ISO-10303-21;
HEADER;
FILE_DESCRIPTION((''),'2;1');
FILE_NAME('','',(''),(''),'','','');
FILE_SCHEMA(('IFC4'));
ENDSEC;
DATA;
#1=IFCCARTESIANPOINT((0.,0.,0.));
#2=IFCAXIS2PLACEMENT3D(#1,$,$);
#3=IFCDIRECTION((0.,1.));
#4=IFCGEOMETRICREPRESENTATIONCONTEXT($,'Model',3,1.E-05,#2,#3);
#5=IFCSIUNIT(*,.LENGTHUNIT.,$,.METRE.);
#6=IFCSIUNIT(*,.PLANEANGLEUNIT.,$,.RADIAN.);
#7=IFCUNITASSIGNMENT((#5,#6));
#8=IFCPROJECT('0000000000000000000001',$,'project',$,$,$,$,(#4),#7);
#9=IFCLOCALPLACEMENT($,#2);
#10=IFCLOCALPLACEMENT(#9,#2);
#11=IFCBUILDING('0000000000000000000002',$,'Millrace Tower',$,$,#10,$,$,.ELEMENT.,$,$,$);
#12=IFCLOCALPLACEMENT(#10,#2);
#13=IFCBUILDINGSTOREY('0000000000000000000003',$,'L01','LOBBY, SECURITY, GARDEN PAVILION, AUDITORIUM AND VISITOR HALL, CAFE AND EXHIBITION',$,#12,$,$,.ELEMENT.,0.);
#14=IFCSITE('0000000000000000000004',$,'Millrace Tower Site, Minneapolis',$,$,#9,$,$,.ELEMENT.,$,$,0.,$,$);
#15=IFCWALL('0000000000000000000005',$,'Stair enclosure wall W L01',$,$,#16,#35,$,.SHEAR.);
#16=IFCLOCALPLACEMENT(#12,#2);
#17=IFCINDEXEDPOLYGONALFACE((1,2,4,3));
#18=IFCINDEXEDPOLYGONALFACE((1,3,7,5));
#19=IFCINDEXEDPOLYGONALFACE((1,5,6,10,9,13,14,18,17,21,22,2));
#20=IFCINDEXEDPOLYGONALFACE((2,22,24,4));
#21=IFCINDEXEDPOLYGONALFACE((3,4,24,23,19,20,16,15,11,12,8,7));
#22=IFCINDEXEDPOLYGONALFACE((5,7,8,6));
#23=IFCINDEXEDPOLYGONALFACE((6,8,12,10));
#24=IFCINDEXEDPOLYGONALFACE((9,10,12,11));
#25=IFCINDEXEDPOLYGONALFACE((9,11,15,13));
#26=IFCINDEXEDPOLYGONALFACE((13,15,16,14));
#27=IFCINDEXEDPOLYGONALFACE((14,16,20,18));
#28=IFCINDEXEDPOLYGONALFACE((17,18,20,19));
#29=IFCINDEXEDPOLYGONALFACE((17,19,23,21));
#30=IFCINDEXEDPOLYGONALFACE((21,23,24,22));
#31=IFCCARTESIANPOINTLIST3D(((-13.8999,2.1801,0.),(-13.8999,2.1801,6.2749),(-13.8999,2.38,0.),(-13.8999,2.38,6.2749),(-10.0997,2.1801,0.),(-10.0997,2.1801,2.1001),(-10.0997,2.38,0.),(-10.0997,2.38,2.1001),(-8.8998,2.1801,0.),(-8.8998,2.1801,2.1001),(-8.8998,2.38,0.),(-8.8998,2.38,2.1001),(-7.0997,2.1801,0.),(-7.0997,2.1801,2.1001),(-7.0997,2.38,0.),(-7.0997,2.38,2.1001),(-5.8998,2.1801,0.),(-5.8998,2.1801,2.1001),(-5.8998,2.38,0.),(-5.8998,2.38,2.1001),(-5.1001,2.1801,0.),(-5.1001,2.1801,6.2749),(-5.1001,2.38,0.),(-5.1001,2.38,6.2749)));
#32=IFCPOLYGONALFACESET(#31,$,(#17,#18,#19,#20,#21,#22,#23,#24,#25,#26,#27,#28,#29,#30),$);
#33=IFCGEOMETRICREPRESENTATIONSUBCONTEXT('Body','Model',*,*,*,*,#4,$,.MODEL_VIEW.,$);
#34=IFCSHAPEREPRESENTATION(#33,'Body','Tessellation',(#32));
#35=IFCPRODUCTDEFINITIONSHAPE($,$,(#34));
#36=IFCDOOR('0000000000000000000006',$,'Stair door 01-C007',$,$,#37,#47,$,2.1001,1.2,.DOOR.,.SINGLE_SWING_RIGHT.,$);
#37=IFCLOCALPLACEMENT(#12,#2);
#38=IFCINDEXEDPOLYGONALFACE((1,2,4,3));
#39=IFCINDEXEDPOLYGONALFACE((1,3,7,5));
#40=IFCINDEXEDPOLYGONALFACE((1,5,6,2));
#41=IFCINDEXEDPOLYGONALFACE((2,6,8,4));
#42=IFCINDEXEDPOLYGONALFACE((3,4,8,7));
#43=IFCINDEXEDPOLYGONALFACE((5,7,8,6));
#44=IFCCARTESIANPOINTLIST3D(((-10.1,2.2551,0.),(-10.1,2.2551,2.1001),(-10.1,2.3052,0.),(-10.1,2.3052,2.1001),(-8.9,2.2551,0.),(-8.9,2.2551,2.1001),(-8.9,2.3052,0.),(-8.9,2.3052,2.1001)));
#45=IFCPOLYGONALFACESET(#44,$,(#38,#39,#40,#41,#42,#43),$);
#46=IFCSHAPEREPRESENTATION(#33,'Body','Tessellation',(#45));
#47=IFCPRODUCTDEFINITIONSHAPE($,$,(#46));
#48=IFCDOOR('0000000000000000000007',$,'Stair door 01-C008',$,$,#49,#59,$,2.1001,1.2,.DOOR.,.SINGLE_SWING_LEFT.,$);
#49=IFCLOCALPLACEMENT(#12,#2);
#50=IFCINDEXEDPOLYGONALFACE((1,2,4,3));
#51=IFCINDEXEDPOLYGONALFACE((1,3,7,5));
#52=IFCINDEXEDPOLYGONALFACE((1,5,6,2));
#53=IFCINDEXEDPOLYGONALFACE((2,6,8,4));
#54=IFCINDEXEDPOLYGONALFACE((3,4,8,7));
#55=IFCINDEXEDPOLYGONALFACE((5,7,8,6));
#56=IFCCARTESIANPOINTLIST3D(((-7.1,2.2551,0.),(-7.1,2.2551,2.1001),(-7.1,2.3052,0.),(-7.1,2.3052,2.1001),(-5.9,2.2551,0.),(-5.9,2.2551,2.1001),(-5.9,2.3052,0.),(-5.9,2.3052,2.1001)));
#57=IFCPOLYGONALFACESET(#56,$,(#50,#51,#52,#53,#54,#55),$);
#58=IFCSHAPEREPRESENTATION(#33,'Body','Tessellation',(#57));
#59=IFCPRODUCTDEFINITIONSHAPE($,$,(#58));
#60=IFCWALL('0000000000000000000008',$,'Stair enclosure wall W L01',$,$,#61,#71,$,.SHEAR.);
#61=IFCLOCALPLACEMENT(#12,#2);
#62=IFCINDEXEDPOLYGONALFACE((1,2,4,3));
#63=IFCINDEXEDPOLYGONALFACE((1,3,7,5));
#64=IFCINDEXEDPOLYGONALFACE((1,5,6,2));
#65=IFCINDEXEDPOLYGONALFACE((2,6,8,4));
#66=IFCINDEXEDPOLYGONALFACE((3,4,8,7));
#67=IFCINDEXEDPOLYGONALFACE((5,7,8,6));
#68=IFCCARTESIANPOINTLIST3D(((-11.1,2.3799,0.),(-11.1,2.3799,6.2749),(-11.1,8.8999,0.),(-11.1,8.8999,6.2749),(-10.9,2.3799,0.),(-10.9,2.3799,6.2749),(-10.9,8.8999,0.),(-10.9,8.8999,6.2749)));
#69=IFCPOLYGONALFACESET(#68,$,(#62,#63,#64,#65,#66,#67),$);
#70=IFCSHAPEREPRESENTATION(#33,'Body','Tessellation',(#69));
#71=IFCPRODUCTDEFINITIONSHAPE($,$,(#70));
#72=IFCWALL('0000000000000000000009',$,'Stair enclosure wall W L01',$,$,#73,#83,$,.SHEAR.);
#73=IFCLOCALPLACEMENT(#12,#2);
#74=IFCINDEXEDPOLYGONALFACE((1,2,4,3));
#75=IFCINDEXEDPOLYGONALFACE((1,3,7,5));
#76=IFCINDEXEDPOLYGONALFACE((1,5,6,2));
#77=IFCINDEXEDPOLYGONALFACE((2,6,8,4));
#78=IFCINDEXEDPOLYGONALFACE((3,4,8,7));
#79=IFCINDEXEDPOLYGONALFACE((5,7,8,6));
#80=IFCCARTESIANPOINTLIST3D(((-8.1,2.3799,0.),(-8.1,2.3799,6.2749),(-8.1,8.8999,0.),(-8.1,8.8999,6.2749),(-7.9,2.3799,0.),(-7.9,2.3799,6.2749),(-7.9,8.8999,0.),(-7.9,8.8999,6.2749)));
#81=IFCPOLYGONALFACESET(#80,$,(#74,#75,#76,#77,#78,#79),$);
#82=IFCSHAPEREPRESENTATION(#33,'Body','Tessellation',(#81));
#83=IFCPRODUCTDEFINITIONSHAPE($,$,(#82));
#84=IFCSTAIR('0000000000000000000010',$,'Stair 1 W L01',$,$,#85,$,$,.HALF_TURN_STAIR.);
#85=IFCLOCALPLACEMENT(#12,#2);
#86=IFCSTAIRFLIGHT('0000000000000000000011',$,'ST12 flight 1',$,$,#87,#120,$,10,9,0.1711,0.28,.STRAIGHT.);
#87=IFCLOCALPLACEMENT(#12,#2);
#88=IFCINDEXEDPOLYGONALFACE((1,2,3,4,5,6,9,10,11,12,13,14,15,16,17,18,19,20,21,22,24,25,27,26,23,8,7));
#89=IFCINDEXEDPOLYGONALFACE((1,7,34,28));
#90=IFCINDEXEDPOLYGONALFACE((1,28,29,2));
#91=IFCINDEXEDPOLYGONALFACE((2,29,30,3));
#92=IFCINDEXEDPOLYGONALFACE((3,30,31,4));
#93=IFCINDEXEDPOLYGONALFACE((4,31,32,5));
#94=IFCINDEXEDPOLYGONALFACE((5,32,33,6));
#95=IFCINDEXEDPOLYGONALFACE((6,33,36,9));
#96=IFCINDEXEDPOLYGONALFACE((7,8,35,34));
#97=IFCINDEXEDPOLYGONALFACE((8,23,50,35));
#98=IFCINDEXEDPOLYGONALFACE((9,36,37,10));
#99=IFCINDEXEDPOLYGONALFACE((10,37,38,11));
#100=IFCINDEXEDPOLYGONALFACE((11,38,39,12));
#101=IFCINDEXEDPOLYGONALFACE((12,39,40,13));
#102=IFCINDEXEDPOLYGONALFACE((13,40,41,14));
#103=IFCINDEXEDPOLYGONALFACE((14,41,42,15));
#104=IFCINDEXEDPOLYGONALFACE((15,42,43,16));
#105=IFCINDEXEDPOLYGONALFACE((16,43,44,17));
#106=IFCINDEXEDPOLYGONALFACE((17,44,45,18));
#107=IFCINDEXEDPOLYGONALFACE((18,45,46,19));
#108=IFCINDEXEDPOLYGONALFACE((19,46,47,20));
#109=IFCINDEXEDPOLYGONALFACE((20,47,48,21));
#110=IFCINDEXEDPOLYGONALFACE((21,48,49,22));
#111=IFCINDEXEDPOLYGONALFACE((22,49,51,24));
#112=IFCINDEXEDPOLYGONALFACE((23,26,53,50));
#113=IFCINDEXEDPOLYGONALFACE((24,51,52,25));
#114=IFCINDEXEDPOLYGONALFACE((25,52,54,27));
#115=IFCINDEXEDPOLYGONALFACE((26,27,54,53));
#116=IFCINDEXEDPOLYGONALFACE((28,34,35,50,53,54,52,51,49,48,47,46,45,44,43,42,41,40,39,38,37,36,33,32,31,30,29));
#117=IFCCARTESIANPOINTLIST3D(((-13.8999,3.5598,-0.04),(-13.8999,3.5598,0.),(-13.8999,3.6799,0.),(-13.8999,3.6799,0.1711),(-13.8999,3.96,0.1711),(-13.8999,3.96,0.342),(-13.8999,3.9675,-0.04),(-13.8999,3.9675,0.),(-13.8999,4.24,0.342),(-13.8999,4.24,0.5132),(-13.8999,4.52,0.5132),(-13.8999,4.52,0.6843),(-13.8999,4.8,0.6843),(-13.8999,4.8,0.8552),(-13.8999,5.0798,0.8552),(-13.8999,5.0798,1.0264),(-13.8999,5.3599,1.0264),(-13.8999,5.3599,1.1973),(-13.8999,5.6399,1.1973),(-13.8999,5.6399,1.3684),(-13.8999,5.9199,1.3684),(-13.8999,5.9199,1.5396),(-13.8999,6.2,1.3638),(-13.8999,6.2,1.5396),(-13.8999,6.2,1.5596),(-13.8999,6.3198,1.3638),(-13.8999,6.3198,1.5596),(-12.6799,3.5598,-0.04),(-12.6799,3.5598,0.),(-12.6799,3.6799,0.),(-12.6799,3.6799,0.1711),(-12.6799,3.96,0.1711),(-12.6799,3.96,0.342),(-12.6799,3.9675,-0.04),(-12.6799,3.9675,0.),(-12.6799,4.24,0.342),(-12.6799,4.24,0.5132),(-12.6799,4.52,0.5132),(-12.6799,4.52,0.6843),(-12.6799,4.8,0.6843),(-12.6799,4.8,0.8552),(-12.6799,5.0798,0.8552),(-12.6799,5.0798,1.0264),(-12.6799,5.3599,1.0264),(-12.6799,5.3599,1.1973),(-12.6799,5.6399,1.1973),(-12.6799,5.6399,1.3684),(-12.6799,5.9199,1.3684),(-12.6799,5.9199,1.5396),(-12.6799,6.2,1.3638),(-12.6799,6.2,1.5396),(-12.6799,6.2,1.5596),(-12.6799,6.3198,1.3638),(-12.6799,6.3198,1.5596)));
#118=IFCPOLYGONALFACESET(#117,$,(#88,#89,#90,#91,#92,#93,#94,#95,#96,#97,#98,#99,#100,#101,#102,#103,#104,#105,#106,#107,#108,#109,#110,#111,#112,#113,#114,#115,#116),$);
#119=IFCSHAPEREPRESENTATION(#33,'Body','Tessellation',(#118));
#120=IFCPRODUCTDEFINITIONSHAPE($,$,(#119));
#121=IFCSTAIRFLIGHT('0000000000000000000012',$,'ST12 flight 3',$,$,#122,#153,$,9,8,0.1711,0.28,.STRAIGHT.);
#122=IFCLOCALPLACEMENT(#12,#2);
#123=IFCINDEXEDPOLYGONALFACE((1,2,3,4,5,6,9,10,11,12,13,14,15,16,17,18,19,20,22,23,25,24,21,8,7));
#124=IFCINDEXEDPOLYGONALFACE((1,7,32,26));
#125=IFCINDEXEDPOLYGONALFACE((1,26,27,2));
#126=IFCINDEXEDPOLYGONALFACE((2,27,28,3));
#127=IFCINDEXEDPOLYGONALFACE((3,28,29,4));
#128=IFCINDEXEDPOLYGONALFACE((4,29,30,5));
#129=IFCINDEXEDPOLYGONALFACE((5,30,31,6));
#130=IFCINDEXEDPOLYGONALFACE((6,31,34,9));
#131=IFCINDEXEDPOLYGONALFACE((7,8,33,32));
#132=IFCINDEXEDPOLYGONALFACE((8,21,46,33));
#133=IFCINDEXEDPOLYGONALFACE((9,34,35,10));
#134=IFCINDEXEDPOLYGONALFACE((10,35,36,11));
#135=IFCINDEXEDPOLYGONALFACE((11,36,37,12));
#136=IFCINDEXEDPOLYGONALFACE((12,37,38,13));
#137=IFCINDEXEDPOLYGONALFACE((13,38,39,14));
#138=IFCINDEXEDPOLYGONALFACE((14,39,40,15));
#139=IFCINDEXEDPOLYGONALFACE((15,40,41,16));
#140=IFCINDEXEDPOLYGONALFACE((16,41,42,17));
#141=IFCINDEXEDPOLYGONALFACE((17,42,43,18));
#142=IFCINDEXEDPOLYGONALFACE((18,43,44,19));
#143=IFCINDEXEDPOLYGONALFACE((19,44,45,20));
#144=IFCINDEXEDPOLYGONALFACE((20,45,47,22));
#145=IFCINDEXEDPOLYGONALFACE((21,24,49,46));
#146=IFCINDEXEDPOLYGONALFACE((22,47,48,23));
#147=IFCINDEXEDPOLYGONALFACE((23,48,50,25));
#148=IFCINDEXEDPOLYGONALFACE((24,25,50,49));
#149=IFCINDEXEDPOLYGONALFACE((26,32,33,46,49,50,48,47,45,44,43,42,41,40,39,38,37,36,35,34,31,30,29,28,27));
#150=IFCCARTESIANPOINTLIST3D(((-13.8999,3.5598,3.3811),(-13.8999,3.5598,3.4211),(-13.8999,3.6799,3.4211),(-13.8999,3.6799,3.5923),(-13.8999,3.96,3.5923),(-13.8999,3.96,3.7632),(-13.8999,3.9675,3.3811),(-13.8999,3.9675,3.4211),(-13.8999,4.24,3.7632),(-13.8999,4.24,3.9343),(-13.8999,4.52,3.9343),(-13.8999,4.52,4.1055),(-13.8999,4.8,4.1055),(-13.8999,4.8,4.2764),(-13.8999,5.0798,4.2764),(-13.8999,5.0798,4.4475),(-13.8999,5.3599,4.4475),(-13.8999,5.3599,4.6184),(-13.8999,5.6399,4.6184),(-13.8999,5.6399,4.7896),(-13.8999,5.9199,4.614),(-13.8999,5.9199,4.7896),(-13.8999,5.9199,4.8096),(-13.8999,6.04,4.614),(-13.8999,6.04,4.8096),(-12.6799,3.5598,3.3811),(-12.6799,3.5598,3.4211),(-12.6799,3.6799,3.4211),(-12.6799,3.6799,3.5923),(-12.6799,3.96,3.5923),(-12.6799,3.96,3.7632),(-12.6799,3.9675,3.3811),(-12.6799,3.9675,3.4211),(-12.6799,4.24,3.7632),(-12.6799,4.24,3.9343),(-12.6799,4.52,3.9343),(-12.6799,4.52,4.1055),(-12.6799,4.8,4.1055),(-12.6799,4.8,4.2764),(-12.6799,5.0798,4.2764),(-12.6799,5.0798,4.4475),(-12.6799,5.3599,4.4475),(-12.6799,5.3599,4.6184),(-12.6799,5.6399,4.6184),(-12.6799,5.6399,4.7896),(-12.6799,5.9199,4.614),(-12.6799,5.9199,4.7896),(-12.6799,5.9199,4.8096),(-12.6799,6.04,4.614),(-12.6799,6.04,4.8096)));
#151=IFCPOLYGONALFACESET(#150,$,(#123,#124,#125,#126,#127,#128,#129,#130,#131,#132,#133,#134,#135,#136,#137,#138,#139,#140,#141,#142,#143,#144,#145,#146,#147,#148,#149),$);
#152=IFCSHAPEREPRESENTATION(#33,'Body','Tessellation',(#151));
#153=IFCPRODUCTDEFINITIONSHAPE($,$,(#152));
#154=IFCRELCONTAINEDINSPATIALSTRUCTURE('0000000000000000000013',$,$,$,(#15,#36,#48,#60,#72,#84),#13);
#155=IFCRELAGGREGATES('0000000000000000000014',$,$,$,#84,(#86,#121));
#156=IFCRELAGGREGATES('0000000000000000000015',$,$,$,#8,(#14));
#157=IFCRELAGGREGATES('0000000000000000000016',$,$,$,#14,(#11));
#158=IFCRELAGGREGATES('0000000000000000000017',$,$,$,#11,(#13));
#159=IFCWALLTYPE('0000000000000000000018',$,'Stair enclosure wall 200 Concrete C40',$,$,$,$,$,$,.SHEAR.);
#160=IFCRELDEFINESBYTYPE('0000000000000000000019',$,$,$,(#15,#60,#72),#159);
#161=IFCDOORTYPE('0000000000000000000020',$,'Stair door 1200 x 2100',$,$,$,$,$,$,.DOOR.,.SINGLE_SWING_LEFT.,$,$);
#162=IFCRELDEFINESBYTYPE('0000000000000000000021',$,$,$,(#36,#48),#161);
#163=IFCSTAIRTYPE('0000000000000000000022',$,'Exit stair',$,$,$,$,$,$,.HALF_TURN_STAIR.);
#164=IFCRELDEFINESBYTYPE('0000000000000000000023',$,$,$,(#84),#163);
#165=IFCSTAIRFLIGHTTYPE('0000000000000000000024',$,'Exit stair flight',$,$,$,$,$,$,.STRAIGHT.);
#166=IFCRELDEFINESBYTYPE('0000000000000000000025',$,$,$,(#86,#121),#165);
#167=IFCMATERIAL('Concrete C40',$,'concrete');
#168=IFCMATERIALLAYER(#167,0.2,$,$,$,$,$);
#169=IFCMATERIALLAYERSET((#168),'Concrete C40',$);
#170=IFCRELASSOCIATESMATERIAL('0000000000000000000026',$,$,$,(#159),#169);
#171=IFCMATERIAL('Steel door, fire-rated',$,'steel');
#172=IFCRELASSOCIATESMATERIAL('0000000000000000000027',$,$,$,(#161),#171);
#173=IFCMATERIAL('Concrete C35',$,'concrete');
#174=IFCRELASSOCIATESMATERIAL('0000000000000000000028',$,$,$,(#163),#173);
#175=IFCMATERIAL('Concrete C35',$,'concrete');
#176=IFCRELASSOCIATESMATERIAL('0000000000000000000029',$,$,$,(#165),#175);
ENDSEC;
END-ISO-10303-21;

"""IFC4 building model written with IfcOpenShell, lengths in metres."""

from ifc_helpers import new_model, si_unit, direction, frame, frame_2d, origin, place, context, subcontext, project, spatial, polyline, rectangle, outline, extrude, material, layer, layer_set, type_object, element, fill, aggregate, save


model = new_model("IFC4")

# Units and contexts
model_context = context("Model", 3, precision=1e-05, world=origin(), true_north=direction((0.0, 1.0)))
body_context = subcontext(model_context, "Body", "Model", "MODEL_VIEW")
ifc_project = project(units=[si_unit("LENGTHUNIT", "METRE"), si_unit("PLANEANGLEUNIT", "RADIAN")], contexts=[model_context])

# Site, building, storey
site_placement = place(None, origin())
site = spatial("IfcSite", under=ifc_project, at=site_placement, Name="Millrace Tower Site, Minneapolis", CompositionType="ELEMENT", RefElevation=0.0)
building_placement = place(site_placement, origin())
building = spatial("IfcBuilding", under=site, at=building_placement, Name="Millrace Tower", CompositionType="ELEMENT")
storey_placement = place(building_placement, origin())
storey = spatial("IfcBuildingStorey", under=building, at=storey_placement, Name="L01", Description="LOBBY, SECURITY, GARDEN PAVILION, AUDITORIUM AND VISITOR HALL, CAFE AND EXHIBITION", CompositionType="ELEMENT", Elevation=0.0)

# Shared definitions
ifc_material_1 = material(Name="Concrete C40", Category="concrete")
ifc_layer_1 = layer(ifc_material_1, 0.2)
ifc_layer_set_1 = layer_set([ifc_layer_1], Name="Concrete C40")
wall_type_1 = type_object("IfcWallType", Name="Stair enclosure wall 200 Concrete C40", PredefinedType="SHEAR", material=ifc_layer_set_1)

# Wall, openings, doors
wall_1_placement = place(storey_placement, frame((-13.8999, 2.28, 0.0), z_axis=(0.0, 0.0, 1.0), x_axis=(1.0, 0.0, 0.0)))
wall_1 = element("IfcWall", 1, at=wall_1_placement, inside=storey, type_object=wall_type_1, Name="Stair enclosure wall W L01", PredefinedType="SHEAR", context=body_context, shape_type="SweptSolid", body=[
    extrude(rectangle(XDim=8.7998, YDim=0.2, at=frame_2d((4.3999, 0.0))), origin(), (0.0, 0.0, 1.0), 6.2749),
])
opening_1_placement = place(wall_1_placement, frame((3.8, 0.0, 0.0)))
opening_1 = element("IfcOpeningElement", 2, at=opening_1_placement, cuts=wall_1, PredefinedType="OPENING", context=body_context, shape_type="SweptSolid", body=[
    extrude(rectangle(XDim=1.2, YDim=2.1001, at=frame_2d((0.6001, 1.05))), frame((0.0, 0.1099, 0.0), z_axis=(0.0, -1.0, 0.0), x_axis=(1.0, 0.0, 0.0)), (0.0, 0.0, 1.0), 0.22),
])
opening_2_placement = place(wall_1_placement, frame((6.8, 0.0, 0.0)))
opening_2 = element("IfcOpeningElement", 3, at=opening_2_placement, cuts=wall_1, PredefinedType="OPENING", context=body_context, shape_type="SweptSolid", body=[
    extrude(rectangle(XDim=1.2, YDim=2.1001, at=frame_2d((0.6001, 1.05))), frame((0.0, 0.1099, 0.0), z_axis=(0.0, -1.0, 0.0), x_axis=(1.0, 0.0, 0.0)), (0.0, 0.0, 1.0), 0.22),
])
ifc_material_2 = material(Name="Steel door, fire-rated", Category="steel")
door_type_1 = type_object("IfcDoorType", Name="Stair door 1200 x 2100", OperationType="SINGLE_SWING_LEFT", PredefinedType="DOOR", material=ifc_material_2)
door_1_placement = place(opening_1_placement, frame((1.2, 0.0, 0.0), z_axis=(0.0, 0.0, 1.0), x_axis=(-1.0, 0.0, 0.0)))
door_1 = element("IfcDoor", 4, at=door_1_placement, inside=storey, type_object=door_type_1, Name="Stair door 01-C007", OperationType="SINGLE_SWING_RIGHT", OverallHeight=2.1001, OverallWidth=1.2, PredefinedType="DOOR", context=body_context, shape_type="SweptSolid", body=[
    extrude(rectangle(XDim=1.2, YDim=2.1001, at=frame_2d((0.6001, 1.05))), frame((0.0, 0.0249, 0.0), z_axis=(0.0, -1.0, 0.0), x_axis=(1.0, 0.0, 0.0)), (0.0, 0.0, 1.0), 0.05),
])
fill(opening_1, door_1)
door_2_placement = place(opening_2_placement, frame((1.2, 0.0, 0.0), z_axis=(0.0, 0.0, 1.0), x_axis=(-1.0, 0.0, 0.0)))
door_2 = element("IfcDoor", 5, at=door_2_placement, inside=storey, type_object=door_type_1, Name="Stair door 01-C008", OperationType="SINGLE_SWING_LEFT", OverallHeight=2.1001, OverallWidth=1.2, PredefinedType="DOOR", context=body_context, shape_type="SweptSolid", body=[
    extrude(rectangle(XDim=1.2, YDim=2.1001, at=frame_2d((0.6001, 1.05))), frame((0.0, 0.0249, 0.0), z_axis=(0.0, -1.0, 0.0), x_axis=(1.0, 0.0, 0.0)), (0.0, 0.0, 1.0), 0.05),
])
fill(opening_2, door_2)

# Walls
for number, where, z_axis, x_axis, name in (
    (6, (-11.0, 2.3799, 0.0), (0.0, 0.0, 1.0), (0.0, 1.0, 0.0), "Stair enclosure wall W L01"),
    (7, (-8.0, 2.3799, 0.0), (0.0, 0.0, 1.0), (0.0, 1.0, 0.0), "Stair enclosure wall W L01"),
):
    element("IfcWall", number, at=place(storey_placement, frame(where, z_axis=z_axis, x_axis=x_axis)), inside=storey, type_object=wall_type_1, Name=name, PredefinedType="SHEAR", context=body_context, shape_type="SweptSolid", body=[
        extrude(rectangle(XDim=6.52, YDim=0.2, at=frame_2d((3.26, 0.0))), origin(), (0.0, 0.0, 1.0), 6.2749),
    ])

# Stair, stair flights
ifc_material_3 = material(Name="Concrete C35", Category="concrete")
stair_type = type_object("IfcStairType", Name="Exit stair", PredefinedType="HALF_TURN_STAIR", material=ifc_material_3)
stair_placement = place(storey_placement, origin())
stair = element("IfcStair", 8, at=stair_placement, inside=storey, type_object=stair_type, Name="Stair 1 W L01", PredefinedType="HALF_TURN_STAIR")
ifc_material_4 = material(Name="Concrete C35", Category="concrete")
stair_flight_type = type_object("IfcStairFlightType", Name="Exit stair flight", PredefinedType="STRAIGHT", material=ifc_material_4)
stair_flight_1_placement = place(storey_placement, frame((-13.29, 3.6799, 0.0), z_axis=(0.0, 0.0, 1.0), x_axis=(0.0, 1.0, 0.0)))
stair_flight_1 = element("IfcStairFlight", 9, at=stair_flight_1_placement, type_object=stair_flight_type, Name="ST12 flight 1", NumberOfRisers=10, NumberOfTreads=9, PredefinedType="STRAIGHT", RiserHeight=0.1711, TreadLength=0.28, context=body_context, shape_type="SweptSolid", body=[
    extrude(outline(polyline([(-0.1201, -0.04), (-0.1201, 0.0), (0.0, 0.0), (0.0, 0.1711), (0.28, 0.1711), (0.28, 0.342), (0.5601, 0.342), (0.5601, 0.5132), (0.8401, 0.5132), (0.8401, 0.6843), (1.1201, 0.6843), (1.1201, 0.8552), (1.3999, 0.8552), (1.3999, 1.0264), (1.6799, 1.0264), (1.6799, 1.1973), (1.96, 1.1973), (1.96, 1.3684), (2.24, 1.3684), (2.24, 1.5396), (2.52, 1.5396), (2.52, 1.5596), (2.6399, 1.5596), (2.6399, 1.3638), (2.52, 1.3638), (0.2876, 0.0), (0.2876, -0.04), (-0.1201, -0.04)])), frame((0.0, 0.6099, 0.0), z_axis=(0.0, -1.0, 0.0), x_axis=(1.0, 0.0, 0.0)), (0.0, 0.0, 1.0), 1.22),
])
stair_flight_2_placement = place(storey_placement, frame((-13.29, 3.6799, 3.4211), z_axis=(0.0, 0.0, 1.0), x_axis=(0.0, 1.0, 0.0)))
stair_flight_2 = element("IfcStairFlight", 10, at=stair_flight_2_placement, type_object=stair_flight_type, Name="ST12 flight 3", NumberOfRisers=9, NumberOfTreads=8, PredefinedType="STRAIGHT", RiserHeight=0.1711, TreadLength=0.28, context=body_context, shape_type="SweptSolid", body=[
    extrude(outline(polyline([(-0.1201, -0.04), (-0.1201, 0.0), (0.0, 0.0), (0.0, 0.1711), (0.28, 0.1711), (0.28, 0.342), (0.5601, 0.342), (0.5601, 0.5132), (0.8401, 0.5132), (0.8401, 0.6843), (1.1201, 0.6843), (1.1201, 0.8552), (1.3999, 0.8552), (1.3999, 1.0264), (1.6799, 1.0264), (1.6799, 1.1973), (1.96, 1.1973), (1.96, 1.3684), (2.24, 1.3684), (2.24, 1.3884), (2.3601, 1.3884), (2.3601, 1.1929), (2.24, 1.1929), (0.2876, 0.0), (0.2876, -0.04), (-0.1201, -0.04)])), frame((0.0, 0.6099, 0.0), z_axis=(0.0, -1.0, 0.0), x_axis=(1.0, 0.0, 0.0)), (0.0, 0.0, 1.0), 1.22),
])
aggregate(stair, [stair_flight_1, stair_flight_2])

save(model, "model.ifc")
